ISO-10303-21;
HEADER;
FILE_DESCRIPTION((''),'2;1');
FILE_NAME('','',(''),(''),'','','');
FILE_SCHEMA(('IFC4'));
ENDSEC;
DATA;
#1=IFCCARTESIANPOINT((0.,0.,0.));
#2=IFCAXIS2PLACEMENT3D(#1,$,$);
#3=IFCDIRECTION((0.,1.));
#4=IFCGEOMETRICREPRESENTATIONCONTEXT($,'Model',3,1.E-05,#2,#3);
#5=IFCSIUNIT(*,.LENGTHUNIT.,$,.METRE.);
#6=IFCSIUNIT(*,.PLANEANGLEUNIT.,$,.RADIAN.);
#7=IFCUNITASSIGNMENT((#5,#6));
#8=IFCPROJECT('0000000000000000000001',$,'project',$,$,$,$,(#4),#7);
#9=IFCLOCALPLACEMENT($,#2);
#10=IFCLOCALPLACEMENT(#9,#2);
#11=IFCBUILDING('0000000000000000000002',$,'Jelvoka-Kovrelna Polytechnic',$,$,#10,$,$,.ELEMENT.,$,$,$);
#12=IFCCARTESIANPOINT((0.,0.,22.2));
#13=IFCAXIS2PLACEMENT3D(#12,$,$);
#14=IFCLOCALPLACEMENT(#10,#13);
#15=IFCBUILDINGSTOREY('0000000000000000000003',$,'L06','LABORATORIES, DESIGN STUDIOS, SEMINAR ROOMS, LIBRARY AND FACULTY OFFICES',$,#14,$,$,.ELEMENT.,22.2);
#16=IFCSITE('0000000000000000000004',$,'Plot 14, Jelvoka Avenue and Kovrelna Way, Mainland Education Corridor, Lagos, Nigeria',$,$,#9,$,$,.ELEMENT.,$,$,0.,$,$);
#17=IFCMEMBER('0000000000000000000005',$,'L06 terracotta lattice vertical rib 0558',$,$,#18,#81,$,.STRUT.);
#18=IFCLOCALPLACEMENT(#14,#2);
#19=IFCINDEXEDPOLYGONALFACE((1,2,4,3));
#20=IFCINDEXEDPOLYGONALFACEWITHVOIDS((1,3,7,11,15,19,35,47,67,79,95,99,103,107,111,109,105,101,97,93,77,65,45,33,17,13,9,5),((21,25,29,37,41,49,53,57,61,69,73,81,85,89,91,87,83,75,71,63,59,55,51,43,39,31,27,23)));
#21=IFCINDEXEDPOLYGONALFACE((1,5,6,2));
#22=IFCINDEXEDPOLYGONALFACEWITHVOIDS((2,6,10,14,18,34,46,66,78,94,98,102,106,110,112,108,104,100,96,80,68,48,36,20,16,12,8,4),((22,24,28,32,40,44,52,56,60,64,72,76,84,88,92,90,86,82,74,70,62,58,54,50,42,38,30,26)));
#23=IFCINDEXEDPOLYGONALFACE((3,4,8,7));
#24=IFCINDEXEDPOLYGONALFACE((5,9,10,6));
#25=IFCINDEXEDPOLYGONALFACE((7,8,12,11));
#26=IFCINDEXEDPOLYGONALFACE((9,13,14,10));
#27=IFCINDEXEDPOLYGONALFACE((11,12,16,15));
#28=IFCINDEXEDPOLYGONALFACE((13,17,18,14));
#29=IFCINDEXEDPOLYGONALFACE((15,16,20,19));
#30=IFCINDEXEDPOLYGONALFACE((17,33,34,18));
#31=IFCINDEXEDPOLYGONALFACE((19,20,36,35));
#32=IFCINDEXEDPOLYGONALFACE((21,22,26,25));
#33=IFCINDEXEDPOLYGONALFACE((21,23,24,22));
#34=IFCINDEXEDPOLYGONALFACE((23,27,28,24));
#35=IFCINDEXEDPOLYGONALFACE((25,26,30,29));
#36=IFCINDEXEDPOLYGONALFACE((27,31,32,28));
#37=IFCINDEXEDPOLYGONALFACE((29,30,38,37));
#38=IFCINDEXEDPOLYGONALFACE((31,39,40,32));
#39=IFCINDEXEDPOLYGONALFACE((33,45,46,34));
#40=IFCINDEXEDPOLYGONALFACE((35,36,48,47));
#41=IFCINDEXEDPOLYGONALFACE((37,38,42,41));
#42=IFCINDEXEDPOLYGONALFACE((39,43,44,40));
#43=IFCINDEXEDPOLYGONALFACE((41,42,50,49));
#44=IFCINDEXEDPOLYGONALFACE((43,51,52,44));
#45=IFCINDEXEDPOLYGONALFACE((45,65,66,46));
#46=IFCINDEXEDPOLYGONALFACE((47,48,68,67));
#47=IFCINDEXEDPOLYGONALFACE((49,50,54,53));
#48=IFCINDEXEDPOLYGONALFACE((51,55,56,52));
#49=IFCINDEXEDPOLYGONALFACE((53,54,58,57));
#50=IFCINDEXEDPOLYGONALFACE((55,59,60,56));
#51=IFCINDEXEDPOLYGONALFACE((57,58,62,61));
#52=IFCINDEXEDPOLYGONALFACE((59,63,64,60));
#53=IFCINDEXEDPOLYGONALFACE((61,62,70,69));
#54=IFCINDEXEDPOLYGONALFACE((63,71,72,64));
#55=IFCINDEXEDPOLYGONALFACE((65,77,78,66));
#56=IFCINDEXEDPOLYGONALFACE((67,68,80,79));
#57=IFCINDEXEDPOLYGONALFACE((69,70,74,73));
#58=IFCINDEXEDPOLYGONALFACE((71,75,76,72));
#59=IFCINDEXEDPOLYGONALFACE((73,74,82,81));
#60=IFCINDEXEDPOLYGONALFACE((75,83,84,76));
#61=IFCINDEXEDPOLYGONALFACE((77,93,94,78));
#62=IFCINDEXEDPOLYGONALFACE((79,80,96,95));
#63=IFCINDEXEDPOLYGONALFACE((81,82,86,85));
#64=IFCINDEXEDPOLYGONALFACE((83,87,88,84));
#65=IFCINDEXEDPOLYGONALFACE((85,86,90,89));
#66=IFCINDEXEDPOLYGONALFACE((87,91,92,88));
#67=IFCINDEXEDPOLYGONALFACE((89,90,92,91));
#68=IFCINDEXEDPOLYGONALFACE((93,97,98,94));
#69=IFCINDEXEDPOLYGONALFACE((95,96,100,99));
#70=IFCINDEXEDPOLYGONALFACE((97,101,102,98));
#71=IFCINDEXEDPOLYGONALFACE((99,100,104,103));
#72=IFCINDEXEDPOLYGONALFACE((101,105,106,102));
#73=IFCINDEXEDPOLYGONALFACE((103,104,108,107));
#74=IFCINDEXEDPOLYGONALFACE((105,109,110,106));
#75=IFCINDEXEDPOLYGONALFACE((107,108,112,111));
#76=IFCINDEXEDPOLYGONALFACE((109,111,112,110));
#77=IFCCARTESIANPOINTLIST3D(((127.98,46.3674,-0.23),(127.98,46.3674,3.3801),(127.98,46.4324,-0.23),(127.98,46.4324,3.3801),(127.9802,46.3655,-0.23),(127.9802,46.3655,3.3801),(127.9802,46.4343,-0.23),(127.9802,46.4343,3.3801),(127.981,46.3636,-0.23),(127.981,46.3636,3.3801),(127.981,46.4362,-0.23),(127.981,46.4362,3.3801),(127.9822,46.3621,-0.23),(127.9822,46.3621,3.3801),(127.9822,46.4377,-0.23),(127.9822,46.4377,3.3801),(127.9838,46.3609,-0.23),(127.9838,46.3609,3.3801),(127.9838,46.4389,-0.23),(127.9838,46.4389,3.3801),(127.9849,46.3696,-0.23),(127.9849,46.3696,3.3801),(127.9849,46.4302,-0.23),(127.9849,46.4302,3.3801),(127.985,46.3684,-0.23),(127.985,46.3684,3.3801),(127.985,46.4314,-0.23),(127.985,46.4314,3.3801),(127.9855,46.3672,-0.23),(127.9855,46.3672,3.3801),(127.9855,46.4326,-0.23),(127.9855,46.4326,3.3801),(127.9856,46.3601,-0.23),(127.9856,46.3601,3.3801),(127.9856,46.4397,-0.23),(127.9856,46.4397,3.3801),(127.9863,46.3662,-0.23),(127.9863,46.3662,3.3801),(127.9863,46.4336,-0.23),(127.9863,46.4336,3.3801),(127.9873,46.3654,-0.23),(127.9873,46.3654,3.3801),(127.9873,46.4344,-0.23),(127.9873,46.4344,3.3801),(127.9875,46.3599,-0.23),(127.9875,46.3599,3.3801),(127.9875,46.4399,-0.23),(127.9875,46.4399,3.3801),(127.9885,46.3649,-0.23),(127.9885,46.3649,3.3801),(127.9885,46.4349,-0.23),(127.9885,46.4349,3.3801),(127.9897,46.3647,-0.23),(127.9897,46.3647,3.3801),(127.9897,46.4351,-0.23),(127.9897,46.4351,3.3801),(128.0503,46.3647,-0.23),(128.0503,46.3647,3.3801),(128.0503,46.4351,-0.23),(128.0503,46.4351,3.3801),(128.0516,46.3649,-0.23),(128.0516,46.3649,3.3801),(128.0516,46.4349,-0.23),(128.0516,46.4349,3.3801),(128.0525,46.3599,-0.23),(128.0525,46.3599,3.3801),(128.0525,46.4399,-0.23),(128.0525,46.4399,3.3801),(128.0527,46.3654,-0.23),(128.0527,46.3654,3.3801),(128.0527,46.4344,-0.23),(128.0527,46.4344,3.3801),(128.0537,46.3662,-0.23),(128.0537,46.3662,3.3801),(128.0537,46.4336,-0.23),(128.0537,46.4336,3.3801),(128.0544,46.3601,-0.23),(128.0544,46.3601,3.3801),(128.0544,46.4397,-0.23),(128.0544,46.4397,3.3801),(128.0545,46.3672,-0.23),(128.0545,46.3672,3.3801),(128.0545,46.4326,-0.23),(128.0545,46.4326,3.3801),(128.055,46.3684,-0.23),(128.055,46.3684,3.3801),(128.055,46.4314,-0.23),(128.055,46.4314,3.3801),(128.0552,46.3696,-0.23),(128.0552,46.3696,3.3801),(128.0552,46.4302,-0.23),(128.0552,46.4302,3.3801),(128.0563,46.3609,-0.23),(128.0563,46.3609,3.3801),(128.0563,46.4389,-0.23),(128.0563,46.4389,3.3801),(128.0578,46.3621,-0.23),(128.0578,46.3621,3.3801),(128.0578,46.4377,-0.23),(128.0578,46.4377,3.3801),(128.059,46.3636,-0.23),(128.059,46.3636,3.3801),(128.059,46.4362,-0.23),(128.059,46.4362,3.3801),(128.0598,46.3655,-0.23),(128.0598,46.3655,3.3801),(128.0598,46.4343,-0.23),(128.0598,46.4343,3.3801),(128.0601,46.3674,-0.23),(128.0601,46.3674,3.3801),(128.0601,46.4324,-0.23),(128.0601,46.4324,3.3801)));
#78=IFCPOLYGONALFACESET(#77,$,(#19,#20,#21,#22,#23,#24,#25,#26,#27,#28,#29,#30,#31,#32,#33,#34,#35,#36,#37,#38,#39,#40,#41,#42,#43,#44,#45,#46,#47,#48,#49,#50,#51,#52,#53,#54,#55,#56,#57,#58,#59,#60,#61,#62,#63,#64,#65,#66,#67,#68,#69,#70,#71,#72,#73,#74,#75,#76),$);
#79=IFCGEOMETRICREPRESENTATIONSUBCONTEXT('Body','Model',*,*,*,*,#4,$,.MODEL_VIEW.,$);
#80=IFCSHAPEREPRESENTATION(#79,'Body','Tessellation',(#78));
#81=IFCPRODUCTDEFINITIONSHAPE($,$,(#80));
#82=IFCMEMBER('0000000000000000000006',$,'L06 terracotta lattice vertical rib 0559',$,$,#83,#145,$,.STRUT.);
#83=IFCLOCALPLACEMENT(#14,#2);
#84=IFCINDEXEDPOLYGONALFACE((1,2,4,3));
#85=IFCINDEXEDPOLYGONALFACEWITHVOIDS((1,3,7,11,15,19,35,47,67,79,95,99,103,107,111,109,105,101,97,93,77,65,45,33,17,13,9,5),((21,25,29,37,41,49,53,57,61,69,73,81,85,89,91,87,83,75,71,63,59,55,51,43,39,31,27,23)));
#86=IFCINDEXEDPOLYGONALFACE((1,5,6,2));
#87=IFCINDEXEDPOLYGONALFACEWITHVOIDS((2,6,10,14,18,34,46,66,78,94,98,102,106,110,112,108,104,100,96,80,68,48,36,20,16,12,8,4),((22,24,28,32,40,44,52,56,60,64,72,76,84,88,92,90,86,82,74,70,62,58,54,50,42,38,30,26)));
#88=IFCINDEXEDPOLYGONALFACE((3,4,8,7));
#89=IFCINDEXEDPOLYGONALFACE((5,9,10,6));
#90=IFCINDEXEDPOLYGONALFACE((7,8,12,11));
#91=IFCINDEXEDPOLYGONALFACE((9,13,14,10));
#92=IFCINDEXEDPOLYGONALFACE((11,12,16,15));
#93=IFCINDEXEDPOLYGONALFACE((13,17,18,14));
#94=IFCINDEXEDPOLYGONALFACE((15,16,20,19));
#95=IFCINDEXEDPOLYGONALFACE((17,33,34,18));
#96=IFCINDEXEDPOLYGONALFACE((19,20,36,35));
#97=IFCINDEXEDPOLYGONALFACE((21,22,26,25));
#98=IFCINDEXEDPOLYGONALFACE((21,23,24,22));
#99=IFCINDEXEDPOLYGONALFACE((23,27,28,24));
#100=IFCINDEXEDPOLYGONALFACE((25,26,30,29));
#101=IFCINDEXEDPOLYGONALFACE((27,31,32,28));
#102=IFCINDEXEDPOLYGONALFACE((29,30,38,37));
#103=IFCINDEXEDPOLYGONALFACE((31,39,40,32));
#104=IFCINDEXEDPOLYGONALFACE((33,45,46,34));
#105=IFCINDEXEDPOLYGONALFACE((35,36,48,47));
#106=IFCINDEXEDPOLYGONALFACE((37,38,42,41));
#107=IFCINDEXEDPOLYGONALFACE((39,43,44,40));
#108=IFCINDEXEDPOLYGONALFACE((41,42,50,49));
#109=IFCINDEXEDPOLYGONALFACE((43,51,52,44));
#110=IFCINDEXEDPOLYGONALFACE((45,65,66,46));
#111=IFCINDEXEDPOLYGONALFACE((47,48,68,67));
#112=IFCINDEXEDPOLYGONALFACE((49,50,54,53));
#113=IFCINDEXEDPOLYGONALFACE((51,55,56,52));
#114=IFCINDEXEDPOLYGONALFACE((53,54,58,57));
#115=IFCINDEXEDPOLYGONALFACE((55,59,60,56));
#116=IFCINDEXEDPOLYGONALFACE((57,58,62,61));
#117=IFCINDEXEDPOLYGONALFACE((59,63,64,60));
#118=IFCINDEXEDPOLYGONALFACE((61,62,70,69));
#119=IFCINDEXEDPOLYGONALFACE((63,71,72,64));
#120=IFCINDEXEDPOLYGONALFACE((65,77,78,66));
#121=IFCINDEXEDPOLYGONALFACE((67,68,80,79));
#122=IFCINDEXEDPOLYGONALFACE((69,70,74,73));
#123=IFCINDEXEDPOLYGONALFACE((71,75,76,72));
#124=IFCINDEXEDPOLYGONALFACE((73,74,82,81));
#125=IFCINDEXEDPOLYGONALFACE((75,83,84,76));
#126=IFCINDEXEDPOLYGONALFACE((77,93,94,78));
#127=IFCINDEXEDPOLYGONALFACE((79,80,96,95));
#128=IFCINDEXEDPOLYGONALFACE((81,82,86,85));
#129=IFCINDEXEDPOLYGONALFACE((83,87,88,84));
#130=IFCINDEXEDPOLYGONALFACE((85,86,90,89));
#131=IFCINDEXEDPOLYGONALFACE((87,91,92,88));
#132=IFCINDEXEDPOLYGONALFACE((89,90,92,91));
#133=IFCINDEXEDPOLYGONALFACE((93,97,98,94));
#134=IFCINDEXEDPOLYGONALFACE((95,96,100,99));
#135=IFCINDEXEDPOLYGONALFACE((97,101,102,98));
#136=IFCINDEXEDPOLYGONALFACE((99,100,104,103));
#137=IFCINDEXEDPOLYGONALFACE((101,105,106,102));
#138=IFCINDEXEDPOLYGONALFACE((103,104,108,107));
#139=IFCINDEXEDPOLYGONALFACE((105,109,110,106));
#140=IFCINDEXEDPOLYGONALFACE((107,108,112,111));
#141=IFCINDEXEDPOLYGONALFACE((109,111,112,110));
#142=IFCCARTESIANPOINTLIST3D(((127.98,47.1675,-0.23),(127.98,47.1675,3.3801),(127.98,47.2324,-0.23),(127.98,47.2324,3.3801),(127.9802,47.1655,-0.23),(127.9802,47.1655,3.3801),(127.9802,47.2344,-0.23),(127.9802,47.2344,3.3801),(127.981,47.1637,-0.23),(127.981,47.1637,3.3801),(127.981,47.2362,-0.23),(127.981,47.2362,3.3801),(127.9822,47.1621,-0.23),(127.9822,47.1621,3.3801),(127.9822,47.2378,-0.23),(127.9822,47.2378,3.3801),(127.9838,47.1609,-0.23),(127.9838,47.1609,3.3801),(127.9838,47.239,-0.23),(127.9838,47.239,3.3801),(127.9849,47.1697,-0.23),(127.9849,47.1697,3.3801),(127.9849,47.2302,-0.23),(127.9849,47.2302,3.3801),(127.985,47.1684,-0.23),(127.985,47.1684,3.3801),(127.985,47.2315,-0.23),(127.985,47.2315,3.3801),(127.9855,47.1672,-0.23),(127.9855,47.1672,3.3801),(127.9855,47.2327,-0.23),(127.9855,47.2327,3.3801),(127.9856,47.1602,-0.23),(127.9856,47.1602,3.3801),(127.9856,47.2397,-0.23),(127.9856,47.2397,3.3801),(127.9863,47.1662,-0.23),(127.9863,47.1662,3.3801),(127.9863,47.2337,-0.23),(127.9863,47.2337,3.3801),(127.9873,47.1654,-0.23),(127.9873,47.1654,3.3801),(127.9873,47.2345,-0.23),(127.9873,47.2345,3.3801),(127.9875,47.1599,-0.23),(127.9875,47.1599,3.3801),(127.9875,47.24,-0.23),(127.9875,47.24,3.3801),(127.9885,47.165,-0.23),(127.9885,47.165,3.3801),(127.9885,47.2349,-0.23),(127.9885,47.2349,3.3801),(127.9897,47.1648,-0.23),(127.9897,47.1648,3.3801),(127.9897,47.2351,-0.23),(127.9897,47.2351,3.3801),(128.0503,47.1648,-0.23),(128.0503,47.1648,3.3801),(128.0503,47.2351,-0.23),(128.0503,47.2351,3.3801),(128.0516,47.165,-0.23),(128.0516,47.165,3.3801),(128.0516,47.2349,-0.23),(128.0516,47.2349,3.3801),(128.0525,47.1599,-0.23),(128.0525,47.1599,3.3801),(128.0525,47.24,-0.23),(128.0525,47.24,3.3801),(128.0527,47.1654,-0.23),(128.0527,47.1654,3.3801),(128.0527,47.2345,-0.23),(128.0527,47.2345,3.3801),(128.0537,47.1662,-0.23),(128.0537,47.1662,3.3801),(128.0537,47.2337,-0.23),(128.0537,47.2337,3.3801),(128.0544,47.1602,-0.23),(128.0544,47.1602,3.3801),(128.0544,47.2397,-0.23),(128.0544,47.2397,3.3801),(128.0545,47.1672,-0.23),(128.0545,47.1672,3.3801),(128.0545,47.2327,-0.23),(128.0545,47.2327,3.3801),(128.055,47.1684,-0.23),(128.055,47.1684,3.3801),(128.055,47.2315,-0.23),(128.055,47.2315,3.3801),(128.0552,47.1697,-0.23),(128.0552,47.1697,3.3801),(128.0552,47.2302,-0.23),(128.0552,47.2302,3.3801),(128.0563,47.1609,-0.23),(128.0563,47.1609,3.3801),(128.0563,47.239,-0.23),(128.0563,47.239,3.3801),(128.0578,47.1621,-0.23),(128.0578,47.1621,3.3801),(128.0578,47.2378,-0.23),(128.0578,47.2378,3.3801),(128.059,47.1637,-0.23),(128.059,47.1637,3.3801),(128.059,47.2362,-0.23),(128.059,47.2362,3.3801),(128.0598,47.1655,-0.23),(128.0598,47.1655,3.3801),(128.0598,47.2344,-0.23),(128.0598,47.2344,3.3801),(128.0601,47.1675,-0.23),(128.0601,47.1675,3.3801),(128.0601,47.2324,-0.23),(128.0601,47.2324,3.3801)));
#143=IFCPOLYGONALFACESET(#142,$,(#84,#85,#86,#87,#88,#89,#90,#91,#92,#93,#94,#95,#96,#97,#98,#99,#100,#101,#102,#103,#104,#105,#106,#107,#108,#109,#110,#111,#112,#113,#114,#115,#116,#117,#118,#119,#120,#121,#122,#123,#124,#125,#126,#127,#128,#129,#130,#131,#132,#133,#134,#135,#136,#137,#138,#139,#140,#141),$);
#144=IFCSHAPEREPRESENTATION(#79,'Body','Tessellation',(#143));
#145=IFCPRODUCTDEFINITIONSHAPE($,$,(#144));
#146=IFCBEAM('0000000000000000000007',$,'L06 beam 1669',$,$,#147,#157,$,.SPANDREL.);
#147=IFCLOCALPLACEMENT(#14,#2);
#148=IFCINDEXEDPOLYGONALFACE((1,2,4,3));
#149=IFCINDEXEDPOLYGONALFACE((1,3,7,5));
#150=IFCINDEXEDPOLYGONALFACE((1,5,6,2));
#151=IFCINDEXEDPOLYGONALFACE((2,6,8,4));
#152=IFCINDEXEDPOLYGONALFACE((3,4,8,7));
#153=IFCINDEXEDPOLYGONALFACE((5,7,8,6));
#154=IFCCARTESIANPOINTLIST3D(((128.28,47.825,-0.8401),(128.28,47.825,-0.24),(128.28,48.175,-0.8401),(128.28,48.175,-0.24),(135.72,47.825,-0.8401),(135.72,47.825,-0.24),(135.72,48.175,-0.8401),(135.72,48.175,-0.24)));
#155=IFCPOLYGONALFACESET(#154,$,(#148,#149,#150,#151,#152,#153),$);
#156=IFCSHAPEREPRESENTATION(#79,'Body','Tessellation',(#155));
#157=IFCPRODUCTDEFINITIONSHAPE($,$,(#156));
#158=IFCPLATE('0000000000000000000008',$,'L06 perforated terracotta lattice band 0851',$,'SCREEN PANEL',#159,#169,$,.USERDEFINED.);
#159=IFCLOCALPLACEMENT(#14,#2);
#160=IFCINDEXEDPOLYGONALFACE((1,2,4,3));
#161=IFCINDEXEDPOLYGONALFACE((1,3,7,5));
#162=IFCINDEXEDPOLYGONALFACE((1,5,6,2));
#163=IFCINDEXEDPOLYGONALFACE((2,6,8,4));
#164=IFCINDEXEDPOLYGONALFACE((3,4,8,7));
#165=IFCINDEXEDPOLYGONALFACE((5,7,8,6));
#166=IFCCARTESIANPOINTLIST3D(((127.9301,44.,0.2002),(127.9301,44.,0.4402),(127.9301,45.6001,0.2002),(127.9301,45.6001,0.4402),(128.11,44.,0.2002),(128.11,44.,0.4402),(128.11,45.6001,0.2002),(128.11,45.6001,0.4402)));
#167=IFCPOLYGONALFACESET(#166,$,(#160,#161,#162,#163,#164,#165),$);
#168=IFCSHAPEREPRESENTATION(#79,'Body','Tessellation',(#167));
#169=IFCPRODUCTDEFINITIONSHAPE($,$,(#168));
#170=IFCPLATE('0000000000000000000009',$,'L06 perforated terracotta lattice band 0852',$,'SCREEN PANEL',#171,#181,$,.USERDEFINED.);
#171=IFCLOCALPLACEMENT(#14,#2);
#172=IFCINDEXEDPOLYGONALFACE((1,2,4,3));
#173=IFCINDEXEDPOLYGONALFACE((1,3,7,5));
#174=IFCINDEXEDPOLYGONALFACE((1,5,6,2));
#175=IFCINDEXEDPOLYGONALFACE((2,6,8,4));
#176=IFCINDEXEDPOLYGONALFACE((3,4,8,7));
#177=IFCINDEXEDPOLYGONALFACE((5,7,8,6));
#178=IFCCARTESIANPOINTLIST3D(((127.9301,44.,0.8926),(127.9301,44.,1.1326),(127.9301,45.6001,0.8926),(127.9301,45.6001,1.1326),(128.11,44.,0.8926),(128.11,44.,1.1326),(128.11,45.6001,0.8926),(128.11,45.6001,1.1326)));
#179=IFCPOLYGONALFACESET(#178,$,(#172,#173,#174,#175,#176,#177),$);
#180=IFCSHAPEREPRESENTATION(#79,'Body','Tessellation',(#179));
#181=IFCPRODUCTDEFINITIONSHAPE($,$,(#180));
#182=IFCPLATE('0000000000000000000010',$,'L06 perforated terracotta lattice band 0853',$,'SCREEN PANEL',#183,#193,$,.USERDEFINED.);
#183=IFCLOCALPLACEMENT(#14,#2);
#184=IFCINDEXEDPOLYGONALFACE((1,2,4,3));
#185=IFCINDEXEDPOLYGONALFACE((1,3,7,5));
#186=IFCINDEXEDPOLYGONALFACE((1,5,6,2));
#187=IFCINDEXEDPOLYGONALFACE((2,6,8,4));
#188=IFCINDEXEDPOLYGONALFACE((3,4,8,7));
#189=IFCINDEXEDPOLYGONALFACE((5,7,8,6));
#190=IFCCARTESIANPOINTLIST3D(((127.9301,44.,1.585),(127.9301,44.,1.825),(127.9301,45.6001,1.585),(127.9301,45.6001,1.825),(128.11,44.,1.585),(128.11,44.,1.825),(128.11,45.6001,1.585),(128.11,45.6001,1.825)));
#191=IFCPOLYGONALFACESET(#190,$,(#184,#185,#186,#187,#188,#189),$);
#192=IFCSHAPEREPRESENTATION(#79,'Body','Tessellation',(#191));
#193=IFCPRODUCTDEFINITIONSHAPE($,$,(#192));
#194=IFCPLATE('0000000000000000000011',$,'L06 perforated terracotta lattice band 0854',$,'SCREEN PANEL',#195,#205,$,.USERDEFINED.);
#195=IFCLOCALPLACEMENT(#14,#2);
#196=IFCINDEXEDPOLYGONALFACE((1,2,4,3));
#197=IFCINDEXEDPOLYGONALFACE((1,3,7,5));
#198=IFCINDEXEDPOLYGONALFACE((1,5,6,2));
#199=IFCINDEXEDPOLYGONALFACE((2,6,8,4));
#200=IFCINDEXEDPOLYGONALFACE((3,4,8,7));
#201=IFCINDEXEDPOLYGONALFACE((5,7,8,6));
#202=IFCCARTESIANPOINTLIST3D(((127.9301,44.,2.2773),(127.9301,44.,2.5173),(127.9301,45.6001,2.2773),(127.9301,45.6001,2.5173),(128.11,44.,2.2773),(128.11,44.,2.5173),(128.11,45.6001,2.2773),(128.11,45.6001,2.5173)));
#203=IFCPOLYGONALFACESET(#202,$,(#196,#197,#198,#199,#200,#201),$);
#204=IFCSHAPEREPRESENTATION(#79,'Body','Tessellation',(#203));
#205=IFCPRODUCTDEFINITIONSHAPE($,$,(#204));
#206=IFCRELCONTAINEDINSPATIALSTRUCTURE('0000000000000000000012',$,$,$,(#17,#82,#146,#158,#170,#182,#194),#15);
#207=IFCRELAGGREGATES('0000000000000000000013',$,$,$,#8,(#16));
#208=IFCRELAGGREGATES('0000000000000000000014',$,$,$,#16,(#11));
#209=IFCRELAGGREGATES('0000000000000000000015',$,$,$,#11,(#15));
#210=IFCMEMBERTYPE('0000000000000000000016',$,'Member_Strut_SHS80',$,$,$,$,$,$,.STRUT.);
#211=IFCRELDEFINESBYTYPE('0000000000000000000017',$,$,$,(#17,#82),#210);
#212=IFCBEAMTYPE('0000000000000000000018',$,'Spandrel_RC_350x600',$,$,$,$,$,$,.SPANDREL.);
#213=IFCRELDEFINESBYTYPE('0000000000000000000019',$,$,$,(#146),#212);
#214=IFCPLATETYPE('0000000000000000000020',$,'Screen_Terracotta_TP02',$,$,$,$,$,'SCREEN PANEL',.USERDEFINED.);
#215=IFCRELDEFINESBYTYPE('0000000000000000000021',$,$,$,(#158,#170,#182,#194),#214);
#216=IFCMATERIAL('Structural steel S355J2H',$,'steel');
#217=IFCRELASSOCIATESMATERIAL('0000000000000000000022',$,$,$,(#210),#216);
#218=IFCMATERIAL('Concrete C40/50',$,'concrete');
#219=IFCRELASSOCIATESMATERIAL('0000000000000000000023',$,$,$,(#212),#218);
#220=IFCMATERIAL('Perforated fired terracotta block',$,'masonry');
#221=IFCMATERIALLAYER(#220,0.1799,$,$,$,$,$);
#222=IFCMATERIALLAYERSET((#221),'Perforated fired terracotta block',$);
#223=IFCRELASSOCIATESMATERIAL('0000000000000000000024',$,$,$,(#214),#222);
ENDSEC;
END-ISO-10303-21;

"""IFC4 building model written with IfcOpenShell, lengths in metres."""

from ifc_helpers import new_model, si_unit, direction, frame, origin, origin_2d, place, context, subcontext, project, spatial, rectangle, hollow_rectangle, extrude, material, layer, layer_set, material_profile, profile_set, type_object, element, save


model = new_model("IFC4")

# Units and contexts
model_context = context("Model", 3, precision=1e-05, world=origin(), true_north=direction((0.0, 1.0)))
body_context = subcontext(model_context, "Body", "Model", "MODEL_VIEW")
ifc_project = project(units=[si_unit("LENGTHUNIT", "METRE"), si_unit("PLANEANGLEUNIT", "RADIAN")], contexts=[model_context])

# Site, building, storey
site_placement = place(None, origin())
site = spatial("IfcSite", under=ifc_project, at=site_placement, Name="Plot 14, Jelvoka Avenue and Kovrelna Way, Mainland Education Corridor, Lagos, Nigeria", CompositionType="ELEMENT", RefElevation=0.0)
building_placement = place(site_placement, origin())
building = spatial("IfcBuilding", under=site, at=building_placement, Name="Jelvoka-Kovrelna Polytechnic", CompositionType="ELEMENT")
storey_placement = place(building_placement, frame((0.0, 0.0, 22.2)))
storey = spatial("IfcBuildingStorey", under=building, at=storey_placement, Name="L06", Description="LABORATORIES, DESIGN STUDIOS, SEMINAR ROOMS, LIBRARY AND FACULTY OFFICES", CompositionType="ELEMENT", Elevation=22.2)

# Members
ifc_material_1 = material(Name="Structural steel S355J2H", Category="steel")
ifc_material_profile_1 = material_profile(ifc_material_1, hollow_rectangle(XDim=0.0801, YDim=0.0801, WallThickness=0.0049, InnerFilletRadius=0.0049, OuterFilletRadius=0.0076, at=origin_2d()), Name="80x80x5.0 SHS")
ifc_profile_set_1 = profile_set([ifc_material_profile_1], Name="Structural steel S355J2H")
member_type_1 = type_object("IfcMemberType", Name="Member_Strut_SHS80", PredefinedType="STRUT", material=ifc_profile_set_1)
for number, where, z_axis, x_axis, name in (
    (1, (128.02, 46.3999, -0.23), (0.0, 0.0, 1.0), (1.0, 0.0, 0.0), "L06 terracotta lattice vertical rib 0558"),
    (2, (128.02, 47.2, -0.23), (0.0, 0.0, 1.0), (1.0, 0.0, 0.0), "L06 terracotta lattice vertical rib 0559"),
):
    element("IfcMember", number, at=place(storey_placement, frame(where, z_axis=z_axis, x_axis=x_axis)), inside=storey, type_object=member_type_1, Name=name, PredefinedType="STRUT", context=body_context, shape_type="SweptSolid", body=[
        extrude(hollow_rectangle(XDim=0.0801, YDim=0.0801, WallThickness=0.0049, InnerFilletRadius=0.0049, OuterFilletRadius=0.0076, at=origin_2d()), origin(), (0.0, 0.0, 1.0), 3.6101),
    ])

# Beam
ifc_material_2 = material(Name="Concrete C40/50", Category="concrete")
ifc_material_profile_2 = material_profile(ifc_material_2, rectangle(XDim=0.3501, YDim=0.6001, at=origin_2d()), Name="RC 350x600")
ifc_profile_set_2 = profile_set([ifc_material_profile_2], Name="Concrete C40/50")
beam_type = type_object("IfcBeamType", Name="Spandrel_RC_350x600", PredefinedType="SPANDREL", material=ifc_profile_set_2)
beam_placement = place(storey_placement, frame((128.28, 48.0, -0.54), z_axis=(1.0, 0.0, 0.0), x_axis=(0.0, 1.0, 0.0)))
element("IfcBeam", 3, at=beam_placement, inside=storey, type_object=beam_type, Name="L06 beam 1669", PredefinedType="SPANDREL", context=body_context, shape_type="SweptSolid", body=[
    extrude(rectangle(XDim=0.3501, YDim=0.6001, at=origin_2d()), origin(), (0.0, 0.0, 1.0), 7.4399),
])

# Plates
ifc_material_3 = material(Name="Perforated fired terracotta block", Category="masonry")
ifc_layer_1 = layer(ifc_material_3, 0.1799)
ifc_layer_set_1 = layer_set([ifc_layer_1], Name="Perforated fired terracotta block")
plate_type = type_object("IfcPlateType", Name="Screen_Terracotta_TP02", ElementType="SCREEN PANEL", PredefinedType="USERDEFINED", material=ifc_layer_set_1)
for number, where, z_axis, x_axis, name in (
    (4, (128.02, 44.8, 0.2002), (0.0, 0.0, 1.0), (0.0, 1.0, 0.0), "L06 perforated terracotta lattice band 0851"),
    (5, (128.02, 44.8, 0.8926), (0.0, 0.0, 1.0), (0.0, 1.0, 0.0), "L06 perforated terracotta lattice band 0852"),
    (6, (128.02, 44.8, 1.585), (0.0, 0.0, 1.0), (0.0, 1.0, 0.0), "L06 perforated terracotta lattice band 0853"),
    (7, (128.02, 44.8, 2.2773), (0.0, 0.0, 1.0), (0.0, 1.0, 0.0), "L06 perforated terracotta lattice band 0854"),
):
    element("IfcPlate", number, at=place(storey_placement, frame(where, z_axis=z_axis, x_axis=x_axis)), inside=storey, type_object=plate_type, Name=name, ObjectType="SCREEN PANEL", PredefinedType="USERDEFINED", context=body_context, shape_type="SweptSolid", body=[
        extrude(rectangle(XDim=1.6001, YDim=0.1799, at=origin_2d()), origin(), (0.0, 0.0, 1.0), 0.24),
    ])

save(model, "model.ifc")
